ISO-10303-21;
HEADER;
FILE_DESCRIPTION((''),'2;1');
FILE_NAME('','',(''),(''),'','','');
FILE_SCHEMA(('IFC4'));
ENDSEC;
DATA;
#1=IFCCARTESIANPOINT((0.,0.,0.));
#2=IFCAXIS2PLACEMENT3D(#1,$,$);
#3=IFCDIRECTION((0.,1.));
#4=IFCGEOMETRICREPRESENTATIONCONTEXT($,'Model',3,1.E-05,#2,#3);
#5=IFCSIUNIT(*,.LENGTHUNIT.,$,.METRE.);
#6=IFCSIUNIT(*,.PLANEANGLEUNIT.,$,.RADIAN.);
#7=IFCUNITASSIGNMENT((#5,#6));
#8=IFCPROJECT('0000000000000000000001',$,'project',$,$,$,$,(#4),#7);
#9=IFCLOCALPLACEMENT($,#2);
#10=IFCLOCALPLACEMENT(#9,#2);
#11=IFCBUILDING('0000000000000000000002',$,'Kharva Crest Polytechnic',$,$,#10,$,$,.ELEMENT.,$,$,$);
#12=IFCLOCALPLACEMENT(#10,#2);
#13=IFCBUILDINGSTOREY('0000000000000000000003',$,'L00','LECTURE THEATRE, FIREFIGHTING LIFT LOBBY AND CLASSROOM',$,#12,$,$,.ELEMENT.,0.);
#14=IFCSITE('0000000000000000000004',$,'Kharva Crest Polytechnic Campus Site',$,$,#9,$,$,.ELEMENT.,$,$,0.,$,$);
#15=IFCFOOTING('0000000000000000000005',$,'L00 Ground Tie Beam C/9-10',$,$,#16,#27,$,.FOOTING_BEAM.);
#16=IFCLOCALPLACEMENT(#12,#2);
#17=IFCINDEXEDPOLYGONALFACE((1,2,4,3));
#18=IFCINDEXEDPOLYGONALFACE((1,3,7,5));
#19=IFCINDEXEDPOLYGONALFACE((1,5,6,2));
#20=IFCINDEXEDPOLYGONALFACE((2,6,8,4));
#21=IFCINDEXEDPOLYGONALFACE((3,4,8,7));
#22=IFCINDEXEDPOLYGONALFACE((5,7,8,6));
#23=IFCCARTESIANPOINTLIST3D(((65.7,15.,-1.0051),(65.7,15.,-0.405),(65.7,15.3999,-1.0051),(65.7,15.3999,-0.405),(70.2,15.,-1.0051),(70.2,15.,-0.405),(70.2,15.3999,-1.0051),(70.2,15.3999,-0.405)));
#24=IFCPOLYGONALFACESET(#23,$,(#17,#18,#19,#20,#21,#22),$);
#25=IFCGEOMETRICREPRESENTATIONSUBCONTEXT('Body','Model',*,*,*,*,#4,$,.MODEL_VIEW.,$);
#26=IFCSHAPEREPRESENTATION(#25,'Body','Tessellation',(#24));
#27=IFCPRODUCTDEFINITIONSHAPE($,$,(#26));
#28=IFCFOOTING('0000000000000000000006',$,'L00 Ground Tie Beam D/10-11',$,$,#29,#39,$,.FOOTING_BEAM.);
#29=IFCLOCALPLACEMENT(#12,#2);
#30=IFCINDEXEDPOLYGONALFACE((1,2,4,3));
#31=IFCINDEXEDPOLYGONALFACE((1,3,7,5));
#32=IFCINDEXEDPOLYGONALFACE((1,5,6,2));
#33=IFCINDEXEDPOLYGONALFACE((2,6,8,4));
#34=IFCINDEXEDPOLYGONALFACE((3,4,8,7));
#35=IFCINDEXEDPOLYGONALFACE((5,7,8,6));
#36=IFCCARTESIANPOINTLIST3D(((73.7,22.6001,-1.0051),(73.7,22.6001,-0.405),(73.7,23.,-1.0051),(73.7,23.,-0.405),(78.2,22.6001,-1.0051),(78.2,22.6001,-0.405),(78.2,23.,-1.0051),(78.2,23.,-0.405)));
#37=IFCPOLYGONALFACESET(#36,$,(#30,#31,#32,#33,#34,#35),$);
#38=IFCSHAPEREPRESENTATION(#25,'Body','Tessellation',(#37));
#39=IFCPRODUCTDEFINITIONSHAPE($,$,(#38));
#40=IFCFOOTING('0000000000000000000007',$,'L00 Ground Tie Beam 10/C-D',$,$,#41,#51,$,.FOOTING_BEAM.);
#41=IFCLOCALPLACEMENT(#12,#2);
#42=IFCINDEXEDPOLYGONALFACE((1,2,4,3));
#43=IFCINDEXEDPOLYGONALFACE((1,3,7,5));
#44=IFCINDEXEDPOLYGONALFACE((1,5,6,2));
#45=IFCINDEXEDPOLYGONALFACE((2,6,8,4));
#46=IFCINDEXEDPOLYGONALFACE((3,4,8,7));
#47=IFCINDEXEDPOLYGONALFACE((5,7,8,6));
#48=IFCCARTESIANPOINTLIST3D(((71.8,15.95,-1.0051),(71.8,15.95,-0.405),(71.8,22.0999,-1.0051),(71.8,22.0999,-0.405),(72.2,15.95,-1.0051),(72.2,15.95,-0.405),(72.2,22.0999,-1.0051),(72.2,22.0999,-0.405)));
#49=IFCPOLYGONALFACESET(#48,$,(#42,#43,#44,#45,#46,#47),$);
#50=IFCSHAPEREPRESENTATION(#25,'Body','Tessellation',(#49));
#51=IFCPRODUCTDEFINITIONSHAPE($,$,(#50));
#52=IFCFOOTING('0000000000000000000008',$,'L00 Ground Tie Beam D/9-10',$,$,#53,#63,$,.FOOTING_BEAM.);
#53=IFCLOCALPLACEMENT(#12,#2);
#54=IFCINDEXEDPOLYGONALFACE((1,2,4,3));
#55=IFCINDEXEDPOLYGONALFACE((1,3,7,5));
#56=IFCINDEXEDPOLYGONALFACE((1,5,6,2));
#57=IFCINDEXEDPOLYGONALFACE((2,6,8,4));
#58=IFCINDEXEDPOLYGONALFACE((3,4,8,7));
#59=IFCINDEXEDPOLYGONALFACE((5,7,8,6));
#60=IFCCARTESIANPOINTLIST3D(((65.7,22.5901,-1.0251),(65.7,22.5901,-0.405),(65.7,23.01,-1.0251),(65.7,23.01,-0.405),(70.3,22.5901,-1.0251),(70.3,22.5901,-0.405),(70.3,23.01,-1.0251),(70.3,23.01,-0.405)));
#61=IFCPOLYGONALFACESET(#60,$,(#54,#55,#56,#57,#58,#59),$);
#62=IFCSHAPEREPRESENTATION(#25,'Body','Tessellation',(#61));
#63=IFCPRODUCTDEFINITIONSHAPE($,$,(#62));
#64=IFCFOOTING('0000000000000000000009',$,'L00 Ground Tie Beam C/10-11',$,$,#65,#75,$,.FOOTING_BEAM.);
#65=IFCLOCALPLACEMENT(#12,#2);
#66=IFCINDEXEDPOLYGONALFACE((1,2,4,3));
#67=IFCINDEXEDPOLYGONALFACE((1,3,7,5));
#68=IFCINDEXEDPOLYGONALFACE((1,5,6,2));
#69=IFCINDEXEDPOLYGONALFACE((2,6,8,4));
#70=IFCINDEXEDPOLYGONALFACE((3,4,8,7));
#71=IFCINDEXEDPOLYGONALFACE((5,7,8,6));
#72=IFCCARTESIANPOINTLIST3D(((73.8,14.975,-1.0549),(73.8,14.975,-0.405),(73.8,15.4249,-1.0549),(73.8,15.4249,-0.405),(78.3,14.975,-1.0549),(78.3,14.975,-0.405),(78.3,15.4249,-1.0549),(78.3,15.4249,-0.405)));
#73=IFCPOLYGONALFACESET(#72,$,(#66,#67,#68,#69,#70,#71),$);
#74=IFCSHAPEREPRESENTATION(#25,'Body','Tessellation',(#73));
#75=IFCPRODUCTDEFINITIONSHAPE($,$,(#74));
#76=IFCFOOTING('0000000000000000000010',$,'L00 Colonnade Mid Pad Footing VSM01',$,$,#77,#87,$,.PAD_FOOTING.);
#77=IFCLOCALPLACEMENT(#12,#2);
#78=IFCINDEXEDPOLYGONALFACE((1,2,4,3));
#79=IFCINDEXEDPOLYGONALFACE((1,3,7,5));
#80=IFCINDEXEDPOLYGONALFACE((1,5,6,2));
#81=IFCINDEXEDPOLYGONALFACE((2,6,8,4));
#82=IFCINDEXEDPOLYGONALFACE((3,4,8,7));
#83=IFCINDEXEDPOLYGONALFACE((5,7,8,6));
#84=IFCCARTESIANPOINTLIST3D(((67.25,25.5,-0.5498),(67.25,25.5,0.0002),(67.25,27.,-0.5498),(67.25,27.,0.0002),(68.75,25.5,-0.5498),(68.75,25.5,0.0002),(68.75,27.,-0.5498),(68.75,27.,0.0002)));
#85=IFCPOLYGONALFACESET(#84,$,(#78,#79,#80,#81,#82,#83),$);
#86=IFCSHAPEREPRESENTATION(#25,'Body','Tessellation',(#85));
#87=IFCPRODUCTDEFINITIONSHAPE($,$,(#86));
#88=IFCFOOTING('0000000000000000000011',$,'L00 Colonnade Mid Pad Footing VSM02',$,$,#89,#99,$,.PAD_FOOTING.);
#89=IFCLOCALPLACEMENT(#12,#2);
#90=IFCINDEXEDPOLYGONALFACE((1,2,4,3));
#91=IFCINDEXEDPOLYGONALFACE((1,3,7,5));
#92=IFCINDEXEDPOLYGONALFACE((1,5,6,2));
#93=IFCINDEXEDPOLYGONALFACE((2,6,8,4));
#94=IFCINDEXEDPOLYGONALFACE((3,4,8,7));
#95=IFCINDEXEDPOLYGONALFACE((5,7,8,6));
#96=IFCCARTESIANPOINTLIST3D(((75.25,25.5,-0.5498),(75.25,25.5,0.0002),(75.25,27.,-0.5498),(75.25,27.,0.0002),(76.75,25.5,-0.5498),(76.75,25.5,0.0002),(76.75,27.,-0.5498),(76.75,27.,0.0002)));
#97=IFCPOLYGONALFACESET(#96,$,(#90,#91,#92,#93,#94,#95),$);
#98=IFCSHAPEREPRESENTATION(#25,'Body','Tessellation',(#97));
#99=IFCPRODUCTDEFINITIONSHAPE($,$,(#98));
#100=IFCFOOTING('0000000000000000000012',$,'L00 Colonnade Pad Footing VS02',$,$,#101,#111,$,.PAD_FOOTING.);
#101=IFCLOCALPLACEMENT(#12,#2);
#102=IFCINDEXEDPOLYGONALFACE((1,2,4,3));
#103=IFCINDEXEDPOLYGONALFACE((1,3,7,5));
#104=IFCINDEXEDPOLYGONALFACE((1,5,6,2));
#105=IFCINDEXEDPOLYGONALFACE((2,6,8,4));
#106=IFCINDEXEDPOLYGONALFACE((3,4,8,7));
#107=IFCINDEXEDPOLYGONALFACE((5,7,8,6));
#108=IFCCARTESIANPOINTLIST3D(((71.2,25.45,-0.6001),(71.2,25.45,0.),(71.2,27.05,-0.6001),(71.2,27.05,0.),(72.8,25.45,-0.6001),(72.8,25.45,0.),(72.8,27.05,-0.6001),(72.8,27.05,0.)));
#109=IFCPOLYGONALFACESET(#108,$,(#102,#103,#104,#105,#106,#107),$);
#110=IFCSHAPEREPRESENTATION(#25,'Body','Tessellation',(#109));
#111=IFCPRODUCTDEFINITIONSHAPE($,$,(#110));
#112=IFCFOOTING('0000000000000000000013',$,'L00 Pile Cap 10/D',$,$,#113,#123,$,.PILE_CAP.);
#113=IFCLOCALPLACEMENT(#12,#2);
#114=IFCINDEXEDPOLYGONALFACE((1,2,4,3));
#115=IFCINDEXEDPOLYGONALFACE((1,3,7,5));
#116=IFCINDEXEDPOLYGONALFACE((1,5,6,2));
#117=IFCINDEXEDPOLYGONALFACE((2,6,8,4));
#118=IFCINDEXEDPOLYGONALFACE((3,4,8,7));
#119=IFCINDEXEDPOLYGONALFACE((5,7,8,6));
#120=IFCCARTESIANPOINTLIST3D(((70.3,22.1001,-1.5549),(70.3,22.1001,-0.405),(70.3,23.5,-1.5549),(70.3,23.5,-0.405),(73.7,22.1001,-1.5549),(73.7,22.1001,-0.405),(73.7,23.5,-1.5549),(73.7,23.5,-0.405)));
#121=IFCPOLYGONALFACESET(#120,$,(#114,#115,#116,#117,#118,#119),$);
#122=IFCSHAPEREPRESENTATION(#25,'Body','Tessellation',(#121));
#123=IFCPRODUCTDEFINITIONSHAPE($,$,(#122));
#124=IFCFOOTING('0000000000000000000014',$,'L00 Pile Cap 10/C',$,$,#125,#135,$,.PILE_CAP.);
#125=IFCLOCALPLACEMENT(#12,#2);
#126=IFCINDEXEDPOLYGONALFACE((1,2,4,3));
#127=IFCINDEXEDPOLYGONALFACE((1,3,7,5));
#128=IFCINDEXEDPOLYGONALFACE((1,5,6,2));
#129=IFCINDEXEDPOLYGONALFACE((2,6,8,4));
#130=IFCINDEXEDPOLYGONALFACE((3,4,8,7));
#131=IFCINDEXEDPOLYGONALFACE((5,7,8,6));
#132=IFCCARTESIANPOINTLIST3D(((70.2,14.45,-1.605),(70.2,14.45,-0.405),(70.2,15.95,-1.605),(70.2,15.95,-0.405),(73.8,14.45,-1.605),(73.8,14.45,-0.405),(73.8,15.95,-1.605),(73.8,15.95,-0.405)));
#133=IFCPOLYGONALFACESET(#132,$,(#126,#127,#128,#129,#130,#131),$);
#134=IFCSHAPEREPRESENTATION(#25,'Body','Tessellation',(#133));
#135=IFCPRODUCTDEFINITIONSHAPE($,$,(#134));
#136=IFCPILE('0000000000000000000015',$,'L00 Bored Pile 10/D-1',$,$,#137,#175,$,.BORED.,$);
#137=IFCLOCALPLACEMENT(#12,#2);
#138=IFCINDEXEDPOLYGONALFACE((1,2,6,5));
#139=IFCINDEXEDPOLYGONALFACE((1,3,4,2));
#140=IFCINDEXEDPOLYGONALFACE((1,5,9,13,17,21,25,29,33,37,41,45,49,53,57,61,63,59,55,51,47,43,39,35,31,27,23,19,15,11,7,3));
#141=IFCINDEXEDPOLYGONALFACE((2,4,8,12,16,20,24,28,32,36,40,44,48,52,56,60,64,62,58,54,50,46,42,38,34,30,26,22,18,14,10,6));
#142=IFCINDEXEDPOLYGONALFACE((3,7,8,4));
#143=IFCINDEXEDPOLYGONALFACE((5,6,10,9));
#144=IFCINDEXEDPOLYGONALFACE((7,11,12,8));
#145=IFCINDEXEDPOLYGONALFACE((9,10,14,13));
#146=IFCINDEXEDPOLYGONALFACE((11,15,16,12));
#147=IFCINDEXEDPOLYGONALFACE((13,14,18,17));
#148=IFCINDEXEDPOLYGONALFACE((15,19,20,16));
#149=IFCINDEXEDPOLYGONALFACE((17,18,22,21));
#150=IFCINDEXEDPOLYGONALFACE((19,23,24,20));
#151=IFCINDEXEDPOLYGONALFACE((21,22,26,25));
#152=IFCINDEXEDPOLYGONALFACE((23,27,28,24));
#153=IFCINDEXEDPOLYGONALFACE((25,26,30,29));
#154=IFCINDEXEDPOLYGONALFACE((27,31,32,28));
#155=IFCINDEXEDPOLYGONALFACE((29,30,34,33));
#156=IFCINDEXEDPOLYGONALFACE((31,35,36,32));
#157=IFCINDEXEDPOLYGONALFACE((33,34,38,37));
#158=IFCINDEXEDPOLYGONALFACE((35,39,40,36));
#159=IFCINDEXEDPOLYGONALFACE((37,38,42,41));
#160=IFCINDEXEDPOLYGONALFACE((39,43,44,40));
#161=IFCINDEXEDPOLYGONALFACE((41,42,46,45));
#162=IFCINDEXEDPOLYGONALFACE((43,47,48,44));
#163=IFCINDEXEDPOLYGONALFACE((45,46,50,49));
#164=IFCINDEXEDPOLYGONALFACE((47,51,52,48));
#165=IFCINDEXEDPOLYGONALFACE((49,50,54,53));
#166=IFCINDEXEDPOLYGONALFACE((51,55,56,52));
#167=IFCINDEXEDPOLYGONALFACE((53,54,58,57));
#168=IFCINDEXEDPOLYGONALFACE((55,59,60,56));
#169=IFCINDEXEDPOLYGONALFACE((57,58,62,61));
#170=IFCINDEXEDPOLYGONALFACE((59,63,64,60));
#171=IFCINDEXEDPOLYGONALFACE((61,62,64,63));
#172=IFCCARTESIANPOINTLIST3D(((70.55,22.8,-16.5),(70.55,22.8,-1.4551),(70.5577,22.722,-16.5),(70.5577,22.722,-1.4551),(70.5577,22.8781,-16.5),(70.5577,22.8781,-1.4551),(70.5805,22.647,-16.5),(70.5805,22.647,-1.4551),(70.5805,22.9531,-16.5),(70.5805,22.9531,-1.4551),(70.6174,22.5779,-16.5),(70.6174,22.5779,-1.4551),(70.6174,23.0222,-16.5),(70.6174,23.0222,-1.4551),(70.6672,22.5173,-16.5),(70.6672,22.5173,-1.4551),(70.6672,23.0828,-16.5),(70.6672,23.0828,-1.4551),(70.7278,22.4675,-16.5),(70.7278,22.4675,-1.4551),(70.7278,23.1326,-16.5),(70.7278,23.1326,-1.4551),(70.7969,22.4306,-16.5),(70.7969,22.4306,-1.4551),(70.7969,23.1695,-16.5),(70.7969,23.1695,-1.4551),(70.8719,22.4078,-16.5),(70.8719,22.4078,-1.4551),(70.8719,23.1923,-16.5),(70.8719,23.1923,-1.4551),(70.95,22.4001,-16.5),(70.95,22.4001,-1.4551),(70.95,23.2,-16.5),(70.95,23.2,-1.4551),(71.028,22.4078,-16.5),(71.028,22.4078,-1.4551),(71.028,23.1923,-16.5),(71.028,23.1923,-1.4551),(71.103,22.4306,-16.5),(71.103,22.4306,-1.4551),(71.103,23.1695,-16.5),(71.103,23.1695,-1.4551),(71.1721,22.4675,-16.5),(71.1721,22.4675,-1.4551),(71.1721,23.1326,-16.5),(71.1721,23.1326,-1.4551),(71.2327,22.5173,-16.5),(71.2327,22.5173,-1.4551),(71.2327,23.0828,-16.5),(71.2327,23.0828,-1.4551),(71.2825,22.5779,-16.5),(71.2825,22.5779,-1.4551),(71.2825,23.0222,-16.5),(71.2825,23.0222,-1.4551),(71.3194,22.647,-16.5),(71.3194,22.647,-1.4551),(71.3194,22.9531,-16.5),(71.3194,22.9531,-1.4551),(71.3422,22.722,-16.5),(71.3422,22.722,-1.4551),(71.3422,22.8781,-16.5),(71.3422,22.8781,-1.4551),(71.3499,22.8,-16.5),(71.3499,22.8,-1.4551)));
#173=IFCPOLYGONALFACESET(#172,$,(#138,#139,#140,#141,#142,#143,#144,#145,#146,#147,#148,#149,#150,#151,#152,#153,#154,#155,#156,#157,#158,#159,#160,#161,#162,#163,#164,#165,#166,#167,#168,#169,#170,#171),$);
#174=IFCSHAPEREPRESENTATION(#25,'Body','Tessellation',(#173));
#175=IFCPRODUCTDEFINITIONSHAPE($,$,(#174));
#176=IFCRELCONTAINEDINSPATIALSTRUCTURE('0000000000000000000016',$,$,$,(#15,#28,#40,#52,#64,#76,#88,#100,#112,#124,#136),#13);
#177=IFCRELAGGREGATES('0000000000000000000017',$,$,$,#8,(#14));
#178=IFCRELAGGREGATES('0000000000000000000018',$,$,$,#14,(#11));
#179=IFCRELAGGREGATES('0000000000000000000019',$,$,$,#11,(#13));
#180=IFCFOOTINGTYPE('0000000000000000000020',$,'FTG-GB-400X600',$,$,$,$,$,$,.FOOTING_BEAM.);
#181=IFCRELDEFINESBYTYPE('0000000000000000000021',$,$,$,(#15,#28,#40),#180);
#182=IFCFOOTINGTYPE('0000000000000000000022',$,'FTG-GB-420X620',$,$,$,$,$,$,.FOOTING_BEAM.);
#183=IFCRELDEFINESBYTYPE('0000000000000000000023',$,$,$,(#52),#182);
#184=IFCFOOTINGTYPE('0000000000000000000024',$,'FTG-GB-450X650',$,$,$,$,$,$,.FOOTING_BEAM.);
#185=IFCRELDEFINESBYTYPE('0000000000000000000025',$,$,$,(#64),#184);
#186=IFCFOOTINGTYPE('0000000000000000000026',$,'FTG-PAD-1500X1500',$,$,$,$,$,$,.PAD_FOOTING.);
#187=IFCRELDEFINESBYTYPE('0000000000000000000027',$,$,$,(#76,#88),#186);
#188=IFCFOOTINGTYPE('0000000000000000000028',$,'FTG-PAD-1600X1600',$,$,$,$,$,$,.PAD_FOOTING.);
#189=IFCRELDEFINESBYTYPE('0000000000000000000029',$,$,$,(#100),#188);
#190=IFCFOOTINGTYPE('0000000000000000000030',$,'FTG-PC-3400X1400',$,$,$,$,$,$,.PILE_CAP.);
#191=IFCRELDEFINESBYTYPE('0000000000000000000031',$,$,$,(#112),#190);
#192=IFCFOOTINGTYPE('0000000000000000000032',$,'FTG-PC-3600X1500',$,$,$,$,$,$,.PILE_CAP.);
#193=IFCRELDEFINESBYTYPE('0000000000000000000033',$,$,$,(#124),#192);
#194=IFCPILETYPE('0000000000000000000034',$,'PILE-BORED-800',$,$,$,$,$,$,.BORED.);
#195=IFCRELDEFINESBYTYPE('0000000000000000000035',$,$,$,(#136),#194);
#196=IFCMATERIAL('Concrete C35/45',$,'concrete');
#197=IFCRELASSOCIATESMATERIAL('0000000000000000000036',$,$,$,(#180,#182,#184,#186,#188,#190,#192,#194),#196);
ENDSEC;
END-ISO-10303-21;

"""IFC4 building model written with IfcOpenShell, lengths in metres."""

from ifc_helpers import new_model, si_unit, direction, frame, origin, origin_2d, place, context, subcontext, project, spatial, rectangle, circle, extrude, material, material_profile, profile_set, type_object, element, save


model = new_model("IFC4")

# Units and contexts
model_context = context("Model", 3, precision=1e-05, world=origin(), true_north=direction((0.0, 1.0)))
body_context = subcontext(model_context, "Body", "Model", "MODEL_VIEW")
ifc_project = project(units=[si_unit("LENGTHUNIT", "METRE"), si_unit("PLANEANGLEUNIT", "RADIAN")], contexts=[model_context])

# Site, building, storey
site_placement = place(None, origin())
site = spatial("IfcSite", under=ifc_project, at=site_placement, Name="Kharva Crest Polytechnic Campus Site", CompositionType="ELEMENT", RefElevation=0.0)
building_placement = place(site_placement, origin())
building = spatial("IfcBuilding", under=site, at=building_placement, Name="Kharva Crest Polytechnic", CompositionType="ELEMENT")
storey_placement = place(building_placement, origin())
storey = spatial("IfcBuildingStorey", under=building, at=storey_placement, Name="L00", Description="LECTURE THEATRE, FIREFIGHTING LIFT LOBBY AND CLASSROOM", CompositionType="ELEMENT", Elevation=0.0)

# Footings
ifc_material_1 = material(Name="Concrete C35/45", Category="concrete")
footing_type_1 = type_object("IfcFootingType", Name="FTG-GB-400X600", PredefinedType="FOOTING_BEAM", material=ifc_material_1)
for number, where, z_axis, x_axis, name in (
    (1, (67.95, 15.2, -1.0051), (0.0, 0.0, 1.0), (1.0, 0.0, 0.0), "L00 Ground Tie Beam C/9-10"),
    (2, (75.95, 22.8, -1.0051), (0.0, 0.0, 1.0), (1.0, 0.0, 0.0), "L00 Ground Tie Beam D/10-11"),
):
    element("IfcFooting", number, at=place(storey_placement, frame(where, z_axis=z_axis, x_axis=x_axis)), inside=storey, type_object=footing_type_1, Name=name, PredefinedType="FOOTING_BEAM", context=body_context, shape_type="SweptSolid", body=[
        extrude(rectangle(XDim=4.5, YDim=0.3999, at=origin_2d()), origin(), (0.0, 0.0, 1.0), 0.6001),
    ])
footing_1_placement = place(storey_placement, frame((72.0, 19.0249, -1.0051), z_axis=(0.0, 0.0, 1.0), x_axis=(0.0, 1.0, 0.0)))
element("IfcFooting", 3, at=footing_1_placement, inside=storey, type_object=footing_type_1, Name="L00 Ground Tie Beam 10/C-D", PredefinedType="FOOTING_BEAM", context=body_context, shape_type="SweptSolid", body=[
    extrude(rectangle(XDim=6.1499, YDim=0.3999, at=origin_2d()), origin(), (0.0, 0.0, 1.0), 0.6001),
])
footing_type_2 = type_object("IfcFootingType", Name="FTG-GB-420X620", PredefinedType="FOOTING_BEAM", material=ifc_material_1)
footing_2_placement = place(storey_placement, frame((68.0, 22.8, -1.0251), z_axis=(0.0, 0.0, 1.0), x_axis=(1.0, 0.0, 0.0)))
element("IfcFooting", 4, at=footing_2_placement, inside=storey, type_object=footing_type_2, Name="L00 Ground Tie Beam D/9-10", PredefinedType="FOOTING_BEAM", context=body_context, shape_type="SweptSolid", body=[
    extrude(rectangle(XDim=4.6001, YDim=0.4199, at=origin_2d()), origin(), (0.0, 0.0, 1.0), 0.6201),
])
footing_type_3 = type_object("IfcFootingType", Name="FTG-GB-450X650", PredefinedType="FOOTING_BEAM", material=ifc_material_1)
footing_3_placement = place(storey_placement, frame((76.05, 15.2, -1.0549), z_axis=(0.0, 0.0, 1.0), x_axis=(1.0, 0.0, 0.0)))
element("IfcFooting", 5, at=footing_3_placement, inside=storey, type_object=footing_type_3, Name="L00 Ground Tie Beam C/10-11", PredefinedType="FOOTING_BEAM", context=body_context, shape_type="SweptSolid", body=[
    extrude(rectangle(XDim=4.5, YDim=0.45, at=origin_2d()), origin(), (0.0, 0.0, 1.0), 0.6499),
])
footing_type_4 = type_object("IfcFootingType", Name="FTG-PAD-1500X1500", PredefinedType="PAD_FOOTING", material=ifc_material_1)
for number, where, z_axis, x_axis, name in (
    (6, (68.0, 26.25, -0.5498), (0.0, 0.0, 1.0), (1.0, 0.0, 0.0), "L00 Colonnade Mid Pad Footing VSM01"),
    (7, (76.0, 26.25, -0.5498), (0.0, 0.0, 1.0), (1.0, 0.0, 0.0), "L00 Colonnade Mid Pad Footing VSM02"),
):
    element("IfcFooting", number, at=place(storey_placement, frame(where, z_axis=z_axis, x_axis=x_axis)), inside=storey, type_object=footing_type_4, Name=name, PredefinedType="PAD_FOOTING", context=body_context, shape_type="SweptSolid", body=[
        extrude(rectangle(XDim=1.5, YDim=1.5, at=origin_2d()), origin(), (0.0, 0.0, 1.0), 0.55),
    ])
footing_type_5 = type_object("IfcFootingType", Name="FTG-PAD-1600X1600", PredefinedType="PAD_FOOTING", material=ifc_material_1)
footing_4_placement = place(storey_placement, frame((72.0, 26.25, -0.6001), z_axis=(0.0, 0.0, 1.0), x_axis=(1.0, 0.0, 0.0)))
element("IfcFooting", 8, at=footing_4_placement, inside=storey, type_object=footing_type_5, Name="L00 Colonnade Pad Footing VS02", PredefinedType="PAD_FOOTING", context=body_context, shape_type="SweptSolid", body=[
    extrude(rectangle(XDim=1.6001, YDim=1.6001, at=origin_2d()), origin(), (0.0, 0.0, 1.0), 0.6001),
])
footing_type_6 = type_object("IfcFootingType", Name="FTG-PC-3400X1400", PredefinedType="PILE_CAP", material=ifc_material_1)
footing_5_placement = place(storey_placement, frame((72.0, 22.8, -1.5549), z_axis=(0.0, 0.0, 1.0), x_axis=(1.0, 0.0, 0.0)))
element("IfcFooting", 9, at=footing_5_placement, inside=storey, type_object=footing_type_6, Name="L00 Pile Cap 10/D", PredefinedType="PILE_CAP", context=body_context, shape_type="SweptSolid", body=[
    extrude(rectangle(XDim=3.3999, YDim=1.3999, at=origin_2d()), origin(), (0.0, 0.0, 1.0), 1.1499),
])
footing_type_7 = type_object("IfcFootingType", Name="FTG-PC-3600X1500", PredefinedType="PILE_CAP", material=ifc_material_1)
footing_6_placement = place(storey_placement, frame((72.0, 15.2, -1.605), z_axis=(0.0, 0.0, 1.0), x_axis=(1.0, 0.0, 0.0)))
element("IfcFooting", 10, at=footing_6_placement, inside=storey, type_object=footing_type_7, Name="L00 Pile Cap 10/C", PredefinedType="PILE_CAP", context=body_context, shape_type="SweptSolid", body=[
    extrude(rectangle(XDim=3.6001, YDim=1.5, at=origin_2d()), origin(), (0.0, 0.0, 1.0), 1.2),
])

# Pile
ifc_material_profile_1 = material_profile(ifc_material_1, circle(Radius=0.3999, at=origin_2d()), Name="DIA 800")
ifc_profile_set_1 = profile_set([ifc_material_profile_1], Name="Concrete C35/45")
pile_type_1 = type_object("IfcPileType", Name="PILE-BORED-800", PredefinedType="BORED", material=ifc_profile_set_1)
for number, where, z_axis, x_axis, name in (
    (11, (70.95, 22.8, -1.4551), (0.0, 0.0, -1.0), (1.0, 0.0, 0.0), "L00 Bored Pile 10/D-1"),
):
    element("IfcPile", number, at=place(storey_placement, frame(where, z_axis=z_axis, x_axis=x_axis)), inside=storey, type_object=pile_type_1, Name=name, PredefinedType="BORED", context=body_context, shape_type="SweptSolid", body=[
        extrude(circle(Radius=0.3999, at=origin_2d()), origin(), (0.0, 0.0, 1.0), 15.0449),
    ])

save(model, "model.ifc")
